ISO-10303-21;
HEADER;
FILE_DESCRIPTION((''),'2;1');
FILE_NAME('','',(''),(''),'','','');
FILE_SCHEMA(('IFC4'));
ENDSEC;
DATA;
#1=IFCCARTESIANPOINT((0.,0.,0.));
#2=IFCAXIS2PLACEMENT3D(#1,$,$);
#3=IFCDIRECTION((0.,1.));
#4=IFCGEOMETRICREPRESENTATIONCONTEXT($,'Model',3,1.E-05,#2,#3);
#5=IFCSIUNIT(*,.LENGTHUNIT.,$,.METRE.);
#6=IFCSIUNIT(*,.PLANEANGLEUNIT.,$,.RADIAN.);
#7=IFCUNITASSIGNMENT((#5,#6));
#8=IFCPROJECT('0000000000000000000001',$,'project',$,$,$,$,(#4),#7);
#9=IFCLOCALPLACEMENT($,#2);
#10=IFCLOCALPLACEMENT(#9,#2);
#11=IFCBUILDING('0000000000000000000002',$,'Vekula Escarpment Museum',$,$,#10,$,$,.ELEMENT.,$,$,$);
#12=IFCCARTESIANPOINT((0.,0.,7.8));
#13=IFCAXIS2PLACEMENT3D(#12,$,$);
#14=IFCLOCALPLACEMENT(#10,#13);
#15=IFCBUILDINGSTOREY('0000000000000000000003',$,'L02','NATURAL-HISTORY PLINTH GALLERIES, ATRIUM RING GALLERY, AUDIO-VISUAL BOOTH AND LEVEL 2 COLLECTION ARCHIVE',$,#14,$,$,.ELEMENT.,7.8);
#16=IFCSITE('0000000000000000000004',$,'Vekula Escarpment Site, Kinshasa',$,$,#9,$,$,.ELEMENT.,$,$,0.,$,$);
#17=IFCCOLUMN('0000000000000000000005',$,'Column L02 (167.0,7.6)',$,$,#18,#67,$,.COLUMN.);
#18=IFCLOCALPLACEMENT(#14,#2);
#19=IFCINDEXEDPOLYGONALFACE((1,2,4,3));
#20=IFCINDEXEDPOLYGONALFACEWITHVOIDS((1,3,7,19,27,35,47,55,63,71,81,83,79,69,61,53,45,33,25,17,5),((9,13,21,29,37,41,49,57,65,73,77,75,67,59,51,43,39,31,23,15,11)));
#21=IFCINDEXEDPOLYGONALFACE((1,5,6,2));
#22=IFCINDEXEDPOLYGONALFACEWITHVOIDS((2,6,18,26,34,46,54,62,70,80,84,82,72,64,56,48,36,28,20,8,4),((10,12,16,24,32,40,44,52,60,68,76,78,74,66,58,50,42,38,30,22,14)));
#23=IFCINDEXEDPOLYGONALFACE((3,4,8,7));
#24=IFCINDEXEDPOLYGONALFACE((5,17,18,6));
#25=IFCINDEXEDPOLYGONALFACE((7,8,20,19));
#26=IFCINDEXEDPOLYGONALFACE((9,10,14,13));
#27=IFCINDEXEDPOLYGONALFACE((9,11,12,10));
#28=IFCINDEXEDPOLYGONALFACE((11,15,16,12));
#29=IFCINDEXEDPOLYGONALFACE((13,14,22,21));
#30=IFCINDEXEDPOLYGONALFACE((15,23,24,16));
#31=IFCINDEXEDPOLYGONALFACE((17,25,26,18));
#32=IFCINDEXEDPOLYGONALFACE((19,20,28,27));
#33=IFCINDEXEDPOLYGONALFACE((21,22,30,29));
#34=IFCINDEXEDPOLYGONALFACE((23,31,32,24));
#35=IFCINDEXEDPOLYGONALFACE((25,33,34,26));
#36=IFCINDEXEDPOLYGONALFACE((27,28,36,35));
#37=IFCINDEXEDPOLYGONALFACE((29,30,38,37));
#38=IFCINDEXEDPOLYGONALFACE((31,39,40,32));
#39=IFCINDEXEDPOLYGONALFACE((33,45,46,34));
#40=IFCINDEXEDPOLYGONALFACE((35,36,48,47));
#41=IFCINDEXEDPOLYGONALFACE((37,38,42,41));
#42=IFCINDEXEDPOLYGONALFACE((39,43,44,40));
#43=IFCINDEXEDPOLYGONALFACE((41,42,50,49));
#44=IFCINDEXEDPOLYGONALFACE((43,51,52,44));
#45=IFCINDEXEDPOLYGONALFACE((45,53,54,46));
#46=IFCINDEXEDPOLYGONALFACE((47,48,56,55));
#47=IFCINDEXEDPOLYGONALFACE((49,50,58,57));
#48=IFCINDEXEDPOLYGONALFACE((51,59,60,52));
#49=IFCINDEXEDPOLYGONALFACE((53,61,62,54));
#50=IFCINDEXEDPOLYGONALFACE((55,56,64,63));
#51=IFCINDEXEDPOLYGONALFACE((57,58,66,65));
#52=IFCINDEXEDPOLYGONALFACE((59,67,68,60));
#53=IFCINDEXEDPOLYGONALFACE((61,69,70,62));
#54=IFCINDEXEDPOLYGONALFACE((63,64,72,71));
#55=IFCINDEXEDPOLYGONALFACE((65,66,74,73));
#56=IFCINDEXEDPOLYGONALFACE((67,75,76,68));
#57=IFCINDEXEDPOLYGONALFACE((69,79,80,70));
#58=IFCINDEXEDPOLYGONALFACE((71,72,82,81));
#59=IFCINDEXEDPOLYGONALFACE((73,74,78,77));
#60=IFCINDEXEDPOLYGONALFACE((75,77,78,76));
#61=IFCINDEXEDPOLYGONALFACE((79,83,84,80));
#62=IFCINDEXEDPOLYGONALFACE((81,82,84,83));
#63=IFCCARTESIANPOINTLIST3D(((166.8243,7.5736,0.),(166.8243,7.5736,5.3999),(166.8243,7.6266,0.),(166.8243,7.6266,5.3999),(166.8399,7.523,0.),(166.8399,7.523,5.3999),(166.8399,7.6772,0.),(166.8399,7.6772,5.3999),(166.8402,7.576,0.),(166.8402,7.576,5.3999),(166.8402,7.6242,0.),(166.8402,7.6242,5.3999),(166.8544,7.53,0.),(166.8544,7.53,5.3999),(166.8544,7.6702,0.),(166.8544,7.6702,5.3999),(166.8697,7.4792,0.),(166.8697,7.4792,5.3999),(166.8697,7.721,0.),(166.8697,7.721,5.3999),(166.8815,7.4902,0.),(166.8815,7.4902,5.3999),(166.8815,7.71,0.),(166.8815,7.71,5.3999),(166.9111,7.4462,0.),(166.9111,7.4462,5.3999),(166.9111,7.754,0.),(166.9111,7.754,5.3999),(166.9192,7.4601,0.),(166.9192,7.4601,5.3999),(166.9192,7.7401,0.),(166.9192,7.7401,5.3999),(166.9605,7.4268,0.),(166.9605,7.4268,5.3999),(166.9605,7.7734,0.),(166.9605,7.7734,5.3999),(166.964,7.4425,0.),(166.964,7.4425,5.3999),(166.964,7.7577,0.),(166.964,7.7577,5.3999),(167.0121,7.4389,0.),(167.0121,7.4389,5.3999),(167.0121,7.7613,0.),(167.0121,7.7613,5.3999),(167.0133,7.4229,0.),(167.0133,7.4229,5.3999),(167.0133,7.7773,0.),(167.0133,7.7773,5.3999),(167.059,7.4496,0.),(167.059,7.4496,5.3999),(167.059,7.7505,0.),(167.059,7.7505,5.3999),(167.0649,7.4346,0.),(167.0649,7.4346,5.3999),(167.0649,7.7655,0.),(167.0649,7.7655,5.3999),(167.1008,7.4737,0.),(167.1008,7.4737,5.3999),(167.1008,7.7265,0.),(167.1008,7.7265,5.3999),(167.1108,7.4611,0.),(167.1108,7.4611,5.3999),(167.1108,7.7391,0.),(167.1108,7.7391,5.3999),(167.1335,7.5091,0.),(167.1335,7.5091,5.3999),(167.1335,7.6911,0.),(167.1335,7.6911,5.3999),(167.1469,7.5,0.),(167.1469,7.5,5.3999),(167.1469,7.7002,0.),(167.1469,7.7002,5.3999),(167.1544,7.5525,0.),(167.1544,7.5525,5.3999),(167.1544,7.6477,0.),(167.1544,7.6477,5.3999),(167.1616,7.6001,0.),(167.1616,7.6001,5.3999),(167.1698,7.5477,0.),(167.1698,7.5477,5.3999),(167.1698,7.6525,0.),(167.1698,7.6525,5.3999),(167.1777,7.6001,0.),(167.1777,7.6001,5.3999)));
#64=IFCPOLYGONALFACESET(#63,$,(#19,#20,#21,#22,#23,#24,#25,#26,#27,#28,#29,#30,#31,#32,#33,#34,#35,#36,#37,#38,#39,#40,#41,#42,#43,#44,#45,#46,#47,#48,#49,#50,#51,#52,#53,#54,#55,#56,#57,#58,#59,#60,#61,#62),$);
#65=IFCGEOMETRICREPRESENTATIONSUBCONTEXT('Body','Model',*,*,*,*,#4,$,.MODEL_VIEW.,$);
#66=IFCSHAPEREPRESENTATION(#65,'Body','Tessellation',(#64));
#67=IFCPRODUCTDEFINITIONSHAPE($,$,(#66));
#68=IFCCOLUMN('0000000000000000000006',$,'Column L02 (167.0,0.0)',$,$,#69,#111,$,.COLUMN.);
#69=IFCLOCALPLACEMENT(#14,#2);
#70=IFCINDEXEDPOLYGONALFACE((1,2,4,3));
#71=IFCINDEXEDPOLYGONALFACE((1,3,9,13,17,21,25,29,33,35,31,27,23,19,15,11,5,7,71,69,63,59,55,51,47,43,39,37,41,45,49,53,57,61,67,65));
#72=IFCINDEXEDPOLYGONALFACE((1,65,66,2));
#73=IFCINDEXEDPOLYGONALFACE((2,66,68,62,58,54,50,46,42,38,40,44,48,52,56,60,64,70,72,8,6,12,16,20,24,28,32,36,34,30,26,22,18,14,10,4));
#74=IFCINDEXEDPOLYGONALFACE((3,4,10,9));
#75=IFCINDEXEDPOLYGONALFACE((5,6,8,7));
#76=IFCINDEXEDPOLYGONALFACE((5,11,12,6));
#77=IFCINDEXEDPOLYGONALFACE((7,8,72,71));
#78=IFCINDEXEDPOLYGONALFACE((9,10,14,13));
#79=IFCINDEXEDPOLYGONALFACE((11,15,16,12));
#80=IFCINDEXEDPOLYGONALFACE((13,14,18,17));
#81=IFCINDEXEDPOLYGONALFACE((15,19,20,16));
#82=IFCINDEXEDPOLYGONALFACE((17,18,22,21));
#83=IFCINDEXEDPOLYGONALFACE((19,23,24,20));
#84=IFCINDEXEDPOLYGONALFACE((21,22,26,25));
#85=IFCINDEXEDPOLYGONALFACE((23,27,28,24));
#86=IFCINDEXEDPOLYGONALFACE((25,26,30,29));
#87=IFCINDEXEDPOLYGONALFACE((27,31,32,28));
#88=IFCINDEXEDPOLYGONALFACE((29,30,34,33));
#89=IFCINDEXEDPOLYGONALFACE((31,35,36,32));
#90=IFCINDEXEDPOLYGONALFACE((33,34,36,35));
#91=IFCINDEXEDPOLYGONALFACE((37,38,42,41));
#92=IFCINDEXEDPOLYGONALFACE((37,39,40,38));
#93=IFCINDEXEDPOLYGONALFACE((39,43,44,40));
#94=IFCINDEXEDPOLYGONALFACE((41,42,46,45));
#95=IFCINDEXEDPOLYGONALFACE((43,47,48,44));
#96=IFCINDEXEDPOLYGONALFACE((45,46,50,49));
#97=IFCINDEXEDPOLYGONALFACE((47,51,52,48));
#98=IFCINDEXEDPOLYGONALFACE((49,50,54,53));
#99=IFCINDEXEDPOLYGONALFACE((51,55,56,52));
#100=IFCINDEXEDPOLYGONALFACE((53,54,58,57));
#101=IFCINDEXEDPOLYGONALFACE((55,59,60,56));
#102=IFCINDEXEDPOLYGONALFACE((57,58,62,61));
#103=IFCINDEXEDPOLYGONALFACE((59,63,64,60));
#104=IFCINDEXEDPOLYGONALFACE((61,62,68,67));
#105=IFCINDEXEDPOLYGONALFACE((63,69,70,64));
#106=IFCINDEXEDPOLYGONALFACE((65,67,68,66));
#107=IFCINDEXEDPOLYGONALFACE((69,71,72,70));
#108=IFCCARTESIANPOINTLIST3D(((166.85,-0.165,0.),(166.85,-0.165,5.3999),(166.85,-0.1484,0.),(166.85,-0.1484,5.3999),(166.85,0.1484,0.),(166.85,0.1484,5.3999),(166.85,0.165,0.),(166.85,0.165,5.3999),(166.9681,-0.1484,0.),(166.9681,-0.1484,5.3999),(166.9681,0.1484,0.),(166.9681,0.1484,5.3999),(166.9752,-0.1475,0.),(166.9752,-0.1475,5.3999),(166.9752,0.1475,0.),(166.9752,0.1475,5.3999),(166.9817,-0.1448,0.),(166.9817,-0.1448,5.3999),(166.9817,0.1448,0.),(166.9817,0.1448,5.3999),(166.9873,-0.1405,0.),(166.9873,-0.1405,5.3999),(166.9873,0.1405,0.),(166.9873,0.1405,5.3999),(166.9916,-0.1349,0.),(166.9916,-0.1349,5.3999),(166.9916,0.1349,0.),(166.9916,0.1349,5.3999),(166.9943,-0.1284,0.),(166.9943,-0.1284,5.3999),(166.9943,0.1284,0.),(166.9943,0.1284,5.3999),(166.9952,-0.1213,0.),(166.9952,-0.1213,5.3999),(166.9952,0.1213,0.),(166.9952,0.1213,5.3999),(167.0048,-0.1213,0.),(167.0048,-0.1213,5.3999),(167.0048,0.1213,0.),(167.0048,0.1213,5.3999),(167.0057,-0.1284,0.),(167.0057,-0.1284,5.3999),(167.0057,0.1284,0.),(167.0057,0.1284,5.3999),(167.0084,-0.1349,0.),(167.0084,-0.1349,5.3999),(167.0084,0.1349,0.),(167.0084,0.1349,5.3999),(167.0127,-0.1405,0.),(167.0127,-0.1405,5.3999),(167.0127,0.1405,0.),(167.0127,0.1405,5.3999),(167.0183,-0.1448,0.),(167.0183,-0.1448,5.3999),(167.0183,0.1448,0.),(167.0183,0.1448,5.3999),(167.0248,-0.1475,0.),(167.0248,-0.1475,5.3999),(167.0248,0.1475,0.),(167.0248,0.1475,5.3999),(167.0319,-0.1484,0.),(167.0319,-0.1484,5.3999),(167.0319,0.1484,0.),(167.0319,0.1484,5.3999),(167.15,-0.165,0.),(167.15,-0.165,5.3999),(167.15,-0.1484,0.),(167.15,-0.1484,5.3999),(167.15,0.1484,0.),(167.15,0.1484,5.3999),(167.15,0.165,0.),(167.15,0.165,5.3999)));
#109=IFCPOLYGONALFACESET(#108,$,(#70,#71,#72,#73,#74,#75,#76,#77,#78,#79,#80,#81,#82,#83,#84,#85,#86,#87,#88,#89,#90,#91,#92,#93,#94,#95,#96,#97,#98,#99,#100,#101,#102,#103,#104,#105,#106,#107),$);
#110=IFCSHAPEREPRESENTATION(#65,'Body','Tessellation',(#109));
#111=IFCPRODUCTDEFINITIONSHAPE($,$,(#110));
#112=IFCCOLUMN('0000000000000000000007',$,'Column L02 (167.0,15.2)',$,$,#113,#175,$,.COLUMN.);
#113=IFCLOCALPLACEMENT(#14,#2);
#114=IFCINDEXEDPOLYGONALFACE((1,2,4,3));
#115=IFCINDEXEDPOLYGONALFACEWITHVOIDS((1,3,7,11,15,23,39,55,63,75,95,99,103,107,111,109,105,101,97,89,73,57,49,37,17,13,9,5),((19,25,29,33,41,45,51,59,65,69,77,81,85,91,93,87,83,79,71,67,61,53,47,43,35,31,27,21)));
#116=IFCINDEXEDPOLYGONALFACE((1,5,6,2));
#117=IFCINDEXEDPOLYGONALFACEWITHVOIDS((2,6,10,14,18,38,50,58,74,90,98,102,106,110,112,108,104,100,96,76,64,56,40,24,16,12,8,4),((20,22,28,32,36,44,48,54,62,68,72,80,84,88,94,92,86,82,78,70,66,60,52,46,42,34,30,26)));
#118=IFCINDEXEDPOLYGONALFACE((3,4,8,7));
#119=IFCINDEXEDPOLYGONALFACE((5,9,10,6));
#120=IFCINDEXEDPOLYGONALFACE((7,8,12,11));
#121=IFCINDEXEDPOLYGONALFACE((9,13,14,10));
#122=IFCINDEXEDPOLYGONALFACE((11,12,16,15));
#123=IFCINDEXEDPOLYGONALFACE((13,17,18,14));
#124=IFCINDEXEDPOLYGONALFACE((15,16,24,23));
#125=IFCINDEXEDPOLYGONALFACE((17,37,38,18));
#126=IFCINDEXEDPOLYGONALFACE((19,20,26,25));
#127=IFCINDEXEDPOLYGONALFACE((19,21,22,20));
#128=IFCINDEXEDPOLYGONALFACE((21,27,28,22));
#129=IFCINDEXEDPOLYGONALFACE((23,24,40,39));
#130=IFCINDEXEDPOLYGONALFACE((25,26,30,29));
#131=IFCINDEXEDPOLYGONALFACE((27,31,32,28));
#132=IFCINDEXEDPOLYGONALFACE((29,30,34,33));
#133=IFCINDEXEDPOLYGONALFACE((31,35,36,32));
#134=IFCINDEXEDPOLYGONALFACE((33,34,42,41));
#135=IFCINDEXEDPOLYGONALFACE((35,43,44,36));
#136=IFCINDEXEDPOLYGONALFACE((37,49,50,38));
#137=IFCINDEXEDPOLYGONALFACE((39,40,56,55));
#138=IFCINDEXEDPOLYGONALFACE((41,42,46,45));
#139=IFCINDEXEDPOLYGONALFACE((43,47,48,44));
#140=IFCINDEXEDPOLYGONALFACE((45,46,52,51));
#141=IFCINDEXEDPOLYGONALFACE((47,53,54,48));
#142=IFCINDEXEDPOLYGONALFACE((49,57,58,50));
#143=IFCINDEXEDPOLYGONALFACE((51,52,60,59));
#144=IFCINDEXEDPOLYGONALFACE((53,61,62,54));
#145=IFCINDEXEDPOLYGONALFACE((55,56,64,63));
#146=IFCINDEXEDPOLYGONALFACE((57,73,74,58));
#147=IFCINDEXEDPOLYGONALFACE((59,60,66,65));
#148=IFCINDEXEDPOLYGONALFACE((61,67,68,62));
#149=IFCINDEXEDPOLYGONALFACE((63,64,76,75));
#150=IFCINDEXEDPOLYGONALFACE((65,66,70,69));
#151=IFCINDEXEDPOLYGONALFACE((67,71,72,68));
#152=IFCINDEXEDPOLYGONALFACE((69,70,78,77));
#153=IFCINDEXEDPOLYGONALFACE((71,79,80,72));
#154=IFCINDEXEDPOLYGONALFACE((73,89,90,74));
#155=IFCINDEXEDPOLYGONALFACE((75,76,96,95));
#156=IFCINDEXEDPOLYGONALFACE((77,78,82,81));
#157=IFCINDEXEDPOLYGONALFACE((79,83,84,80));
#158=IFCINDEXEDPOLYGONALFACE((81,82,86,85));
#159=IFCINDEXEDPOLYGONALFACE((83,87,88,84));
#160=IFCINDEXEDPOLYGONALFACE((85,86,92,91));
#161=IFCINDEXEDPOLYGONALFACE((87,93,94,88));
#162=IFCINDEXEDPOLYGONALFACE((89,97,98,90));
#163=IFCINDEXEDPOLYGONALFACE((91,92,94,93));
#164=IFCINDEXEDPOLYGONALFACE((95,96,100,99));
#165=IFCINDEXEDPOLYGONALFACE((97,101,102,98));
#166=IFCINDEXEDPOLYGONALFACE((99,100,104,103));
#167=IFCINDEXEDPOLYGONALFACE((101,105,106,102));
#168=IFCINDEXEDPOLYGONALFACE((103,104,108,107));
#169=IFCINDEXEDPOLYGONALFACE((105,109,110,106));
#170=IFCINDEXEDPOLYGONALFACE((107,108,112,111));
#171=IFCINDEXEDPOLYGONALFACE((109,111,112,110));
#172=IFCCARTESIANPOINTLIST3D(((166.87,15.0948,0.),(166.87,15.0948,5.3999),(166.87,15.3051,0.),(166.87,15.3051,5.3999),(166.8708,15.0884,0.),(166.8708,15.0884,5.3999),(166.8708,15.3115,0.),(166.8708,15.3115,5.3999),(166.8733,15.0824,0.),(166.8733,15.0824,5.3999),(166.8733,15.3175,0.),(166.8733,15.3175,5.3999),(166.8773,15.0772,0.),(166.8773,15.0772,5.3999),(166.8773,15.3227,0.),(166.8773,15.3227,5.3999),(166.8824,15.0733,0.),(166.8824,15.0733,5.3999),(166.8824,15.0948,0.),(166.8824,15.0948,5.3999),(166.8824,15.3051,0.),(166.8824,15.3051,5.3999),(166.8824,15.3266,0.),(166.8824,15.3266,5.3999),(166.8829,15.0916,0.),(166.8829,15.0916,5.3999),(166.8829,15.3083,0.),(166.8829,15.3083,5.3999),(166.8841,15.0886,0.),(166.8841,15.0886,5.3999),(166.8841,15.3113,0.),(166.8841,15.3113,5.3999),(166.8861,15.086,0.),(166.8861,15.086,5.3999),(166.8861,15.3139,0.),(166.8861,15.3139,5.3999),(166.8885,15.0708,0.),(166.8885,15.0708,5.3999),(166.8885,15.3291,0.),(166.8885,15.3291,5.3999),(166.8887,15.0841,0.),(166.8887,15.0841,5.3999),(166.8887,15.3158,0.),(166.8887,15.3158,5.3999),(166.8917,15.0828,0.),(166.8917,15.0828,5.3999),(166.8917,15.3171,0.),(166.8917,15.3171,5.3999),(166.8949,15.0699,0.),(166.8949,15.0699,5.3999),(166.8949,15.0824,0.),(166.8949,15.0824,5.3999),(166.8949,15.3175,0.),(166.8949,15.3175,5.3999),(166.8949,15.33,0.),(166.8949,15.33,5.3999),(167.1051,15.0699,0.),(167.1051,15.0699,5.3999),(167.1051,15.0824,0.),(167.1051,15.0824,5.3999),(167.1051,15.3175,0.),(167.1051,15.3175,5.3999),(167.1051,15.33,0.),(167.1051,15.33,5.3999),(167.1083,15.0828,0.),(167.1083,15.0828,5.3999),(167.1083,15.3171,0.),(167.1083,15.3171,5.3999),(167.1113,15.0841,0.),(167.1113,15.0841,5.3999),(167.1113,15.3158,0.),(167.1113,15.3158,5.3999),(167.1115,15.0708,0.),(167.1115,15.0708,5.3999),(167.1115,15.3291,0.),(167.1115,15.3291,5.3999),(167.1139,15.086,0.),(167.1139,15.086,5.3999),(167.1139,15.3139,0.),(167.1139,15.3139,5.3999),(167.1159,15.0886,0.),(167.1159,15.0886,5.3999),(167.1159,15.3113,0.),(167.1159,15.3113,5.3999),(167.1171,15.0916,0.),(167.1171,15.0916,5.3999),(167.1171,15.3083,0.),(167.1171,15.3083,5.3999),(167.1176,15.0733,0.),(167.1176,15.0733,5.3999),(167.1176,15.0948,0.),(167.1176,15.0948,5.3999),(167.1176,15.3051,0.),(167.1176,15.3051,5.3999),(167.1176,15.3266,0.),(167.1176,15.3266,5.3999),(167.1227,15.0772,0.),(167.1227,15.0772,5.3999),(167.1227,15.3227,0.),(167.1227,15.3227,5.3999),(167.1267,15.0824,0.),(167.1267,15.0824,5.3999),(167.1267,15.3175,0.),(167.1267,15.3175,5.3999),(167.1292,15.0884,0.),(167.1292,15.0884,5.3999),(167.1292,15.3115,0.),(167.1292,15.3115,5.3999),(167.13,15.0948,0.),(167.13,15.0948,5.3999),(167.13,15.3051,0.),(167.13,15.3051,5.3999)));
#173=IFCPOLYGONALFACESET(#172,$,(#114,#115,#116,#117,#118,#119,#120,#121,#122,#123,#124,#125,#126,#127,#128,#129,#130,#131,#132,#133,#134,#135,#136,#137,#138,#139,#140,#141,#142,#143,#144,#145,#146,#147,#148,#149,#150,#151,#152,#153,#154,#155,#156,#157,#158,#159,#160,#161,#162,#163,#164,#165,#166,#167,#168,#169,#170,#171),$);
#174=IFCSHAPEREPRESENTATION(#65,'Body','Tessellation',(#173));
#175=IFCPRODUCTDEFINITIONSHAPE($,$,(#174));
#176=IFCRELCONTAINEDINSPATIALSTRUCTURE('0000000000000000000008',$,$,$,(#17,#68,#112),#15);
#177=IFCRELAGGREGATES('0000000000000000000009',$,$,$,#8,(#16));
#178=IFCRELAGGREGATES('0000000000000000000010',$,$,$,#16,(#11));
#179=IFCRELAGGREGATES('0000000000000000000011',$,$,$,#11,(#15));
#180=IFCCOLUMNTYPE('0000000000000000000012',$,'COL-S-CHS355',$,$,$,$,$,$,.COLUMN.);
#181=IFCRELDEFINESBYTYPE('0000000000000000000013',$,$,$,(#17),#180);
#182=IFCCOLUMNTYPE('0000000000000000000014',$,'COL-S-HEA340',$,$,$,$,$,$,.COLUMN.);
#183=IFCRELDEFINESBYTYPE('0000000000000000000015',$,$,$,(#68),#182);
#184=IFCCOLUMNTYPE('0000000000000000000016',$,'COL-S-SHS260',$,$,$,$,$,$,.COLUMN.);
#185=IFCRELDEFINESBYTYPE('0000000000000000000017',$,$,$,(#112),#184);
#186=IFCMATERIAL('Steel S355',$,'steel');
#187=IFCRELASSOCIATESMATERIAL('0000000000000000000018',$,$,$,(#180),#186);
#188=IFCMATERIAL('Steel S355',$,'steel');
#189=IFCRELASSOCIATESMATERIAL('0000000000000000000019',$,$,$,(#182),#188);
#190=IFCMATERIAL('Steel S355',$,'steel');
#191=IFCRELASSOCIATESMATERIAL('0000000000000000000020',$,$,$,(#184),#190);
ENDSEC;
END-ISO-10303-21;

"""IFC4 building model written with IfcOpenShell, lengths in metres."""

from ifc_helpers import new_model, si_unit, direction, frame, origin, origin_2d, place, context, subcontext, project, spatial, hollow_rectangle, hollow_circle, i_section, extrude, material, material_profile, profile_set, type_object, element, save


model = new_model("IFC4")

# Units and contexts
model_context = context("Model", 3, precision=1e-05, world=origin(), true_north=direction((0.0, 1.0)))
body_context = subcontext(model_context, "Body", "Model", "MODEL_VIEW")
ifc_project = project(units=[si_unit("LENGTHUNIT", "METRE"), si_unit("PLANEANGLEUNIT", "RADIAN")], contexts=[model_context])

# Site, building, storey
site_placement = place(None, origin())
site = spatial("IfcSite", under=ifc_project, at=site_placement, Name="Vekula Escarpment Site, Kinshasa", CompositionType="ELEMENT", RefElevation=0.0)
building_placement = place(site_placement, origin())
building = spatial("IfcBuilding", under=site, at=building_placement, Name="Vekula Escarpment Museum", CompositionType="ELEMENT")
storey_placement = place(building_placement, frame((0.0, 0.0, 7.8)))
storey = spatial("IfcBuildingStorey", under=building, at=storey_placement, Name="L02", Description="NATURAL-HISTORY PLINTH GALLERIES, ATRIUM RING GALLERY, AUDIO-VISUAL BOOTH AND LEVEL 2 COLLECTION ARCHIVE", CompositionType="ELEMENT", Elevation=7.8)

# Columns
ifc_material_1 = material(Name="Steel S355", Category="steel")
ifc_material_profile_1 = material_profile(ifc_material_1, hollow_circle(Radius=0.1777, WallThickness=0.0161, at=origin_2d()), Name="CHS 355.6x16")
ifc_profile_set_1 = profile_set([ifc_material_profile_1], Name="Steel S355")
column_type_1 = type_object("IfcColumnType", Name="COL-S-CHS355", PredefinedType="COLUMN", material=ifc_profile_set_1)
column_1_placement = place(storey_placement, frame((167.0, 7.6001, 0.0), z_axis=(0.0, 0.0, 1.0), x_axis=(1.0, 0.0, 0.0)))
element("IfcColumn", 1, at=column_1_placement, inside=storey, type_object=column_type_1, Name="Column L02 (167.0,7.6)", PredefinedType="COLUMN", context=body_context, shape_type="SweptSolid", body=[
    extrude(hollow_circle(Radius=0.1777, WallThickness=0.0161, at=origin_2d()), origin(), (0.0, 0.0, 1.0), 5.3999),
])
ifc_material_2 = material(Name="Steel S355", Category="steel")
ifc_material_profile_2 = material_profile(ifc_material_2, i_section(OverallWidth=0.3, OverallDepth=0.3301, WebThickness=0.0095, FlangeThickness=0.0166, FilletRadius=0.0271, at=origin_2d()), Name="HEA 340")
ifc_profile_set_2 = profile_set([ifc_material_profile_2], Name="Steel S355")
column_type_2 = type_object("IfcColumnType", Name="COL-S-HEA340", PredefinedType="COLUMN", material=ifc_profile_set_2)
column_2_placement = place(storey_placement, frame((167.0, 0.0, 0.0), z_axis=(0.0, 0.0, 1.0), x_axis=(1.0, 0.0, 0.0)))
element("IfcColumn", 2, at=column_2_placement, inside=storey, type_object=column_type_2, Name="Column L02 (167.0,0.0)", PredefinedType="COLUMN", context=body_context, shape_type="SweptSolid", body=[
    extrude(i_section(OverallWidth=0.3, OverallDepth=0.3301, WebThickness=0.0095, FlangeThickness=0.0166, FilletRadius=0.0271, at=origin_2d()), origin(), (0.0, 0.0, 1.0), 5.3999),
])
ifc_material_3 = material(Name="Steel S355", Category="steel")
ifc_material_profile_3 = material_profile(ifc_material_3, hollow_rectangle(XDim=0.26, YDim=0.26, WallThickness=0.0125, InnerFilletRadius=0.0125, OuterFilletRadius=0.0249, at=origin_2d()), Name="SHS 260x260x12.5")
ifc_profile_set_3 = profile_set([ifc_material_profile_3], Name="Steel S355")
column_type_3 = type_object("IfcColumnType", Name="COL-S-SHS260", PredefinedType="COLUMN", material=ifc_profile_set_3)
column_3_placement = place(storey_placement, frame((167.0, 15.2, 0.0), z_axis=(0.0, 0.0, 1.0), x_axis=(1.0, 0.0, 0.0)))
element("IfcColumn", 3, at=column_3_placement, inside=storey, type_object=column_type_3, Name="Column L02 (167.0,15.2)", PredefinedType="COLUMN", context=body_context, shape_type="SweptSolid", body=[
    extrude(hollow_rectangle(XDim=0.26, YDim=0.26, WallThickness=0.0125, InnerFilletRadius=0.0125, OuterFilletRadius=0.0249, at=origin_2d()), origin(), (0.0, 0.0, 1.0), 5.3999),
])

save(model, "model.ifc")
